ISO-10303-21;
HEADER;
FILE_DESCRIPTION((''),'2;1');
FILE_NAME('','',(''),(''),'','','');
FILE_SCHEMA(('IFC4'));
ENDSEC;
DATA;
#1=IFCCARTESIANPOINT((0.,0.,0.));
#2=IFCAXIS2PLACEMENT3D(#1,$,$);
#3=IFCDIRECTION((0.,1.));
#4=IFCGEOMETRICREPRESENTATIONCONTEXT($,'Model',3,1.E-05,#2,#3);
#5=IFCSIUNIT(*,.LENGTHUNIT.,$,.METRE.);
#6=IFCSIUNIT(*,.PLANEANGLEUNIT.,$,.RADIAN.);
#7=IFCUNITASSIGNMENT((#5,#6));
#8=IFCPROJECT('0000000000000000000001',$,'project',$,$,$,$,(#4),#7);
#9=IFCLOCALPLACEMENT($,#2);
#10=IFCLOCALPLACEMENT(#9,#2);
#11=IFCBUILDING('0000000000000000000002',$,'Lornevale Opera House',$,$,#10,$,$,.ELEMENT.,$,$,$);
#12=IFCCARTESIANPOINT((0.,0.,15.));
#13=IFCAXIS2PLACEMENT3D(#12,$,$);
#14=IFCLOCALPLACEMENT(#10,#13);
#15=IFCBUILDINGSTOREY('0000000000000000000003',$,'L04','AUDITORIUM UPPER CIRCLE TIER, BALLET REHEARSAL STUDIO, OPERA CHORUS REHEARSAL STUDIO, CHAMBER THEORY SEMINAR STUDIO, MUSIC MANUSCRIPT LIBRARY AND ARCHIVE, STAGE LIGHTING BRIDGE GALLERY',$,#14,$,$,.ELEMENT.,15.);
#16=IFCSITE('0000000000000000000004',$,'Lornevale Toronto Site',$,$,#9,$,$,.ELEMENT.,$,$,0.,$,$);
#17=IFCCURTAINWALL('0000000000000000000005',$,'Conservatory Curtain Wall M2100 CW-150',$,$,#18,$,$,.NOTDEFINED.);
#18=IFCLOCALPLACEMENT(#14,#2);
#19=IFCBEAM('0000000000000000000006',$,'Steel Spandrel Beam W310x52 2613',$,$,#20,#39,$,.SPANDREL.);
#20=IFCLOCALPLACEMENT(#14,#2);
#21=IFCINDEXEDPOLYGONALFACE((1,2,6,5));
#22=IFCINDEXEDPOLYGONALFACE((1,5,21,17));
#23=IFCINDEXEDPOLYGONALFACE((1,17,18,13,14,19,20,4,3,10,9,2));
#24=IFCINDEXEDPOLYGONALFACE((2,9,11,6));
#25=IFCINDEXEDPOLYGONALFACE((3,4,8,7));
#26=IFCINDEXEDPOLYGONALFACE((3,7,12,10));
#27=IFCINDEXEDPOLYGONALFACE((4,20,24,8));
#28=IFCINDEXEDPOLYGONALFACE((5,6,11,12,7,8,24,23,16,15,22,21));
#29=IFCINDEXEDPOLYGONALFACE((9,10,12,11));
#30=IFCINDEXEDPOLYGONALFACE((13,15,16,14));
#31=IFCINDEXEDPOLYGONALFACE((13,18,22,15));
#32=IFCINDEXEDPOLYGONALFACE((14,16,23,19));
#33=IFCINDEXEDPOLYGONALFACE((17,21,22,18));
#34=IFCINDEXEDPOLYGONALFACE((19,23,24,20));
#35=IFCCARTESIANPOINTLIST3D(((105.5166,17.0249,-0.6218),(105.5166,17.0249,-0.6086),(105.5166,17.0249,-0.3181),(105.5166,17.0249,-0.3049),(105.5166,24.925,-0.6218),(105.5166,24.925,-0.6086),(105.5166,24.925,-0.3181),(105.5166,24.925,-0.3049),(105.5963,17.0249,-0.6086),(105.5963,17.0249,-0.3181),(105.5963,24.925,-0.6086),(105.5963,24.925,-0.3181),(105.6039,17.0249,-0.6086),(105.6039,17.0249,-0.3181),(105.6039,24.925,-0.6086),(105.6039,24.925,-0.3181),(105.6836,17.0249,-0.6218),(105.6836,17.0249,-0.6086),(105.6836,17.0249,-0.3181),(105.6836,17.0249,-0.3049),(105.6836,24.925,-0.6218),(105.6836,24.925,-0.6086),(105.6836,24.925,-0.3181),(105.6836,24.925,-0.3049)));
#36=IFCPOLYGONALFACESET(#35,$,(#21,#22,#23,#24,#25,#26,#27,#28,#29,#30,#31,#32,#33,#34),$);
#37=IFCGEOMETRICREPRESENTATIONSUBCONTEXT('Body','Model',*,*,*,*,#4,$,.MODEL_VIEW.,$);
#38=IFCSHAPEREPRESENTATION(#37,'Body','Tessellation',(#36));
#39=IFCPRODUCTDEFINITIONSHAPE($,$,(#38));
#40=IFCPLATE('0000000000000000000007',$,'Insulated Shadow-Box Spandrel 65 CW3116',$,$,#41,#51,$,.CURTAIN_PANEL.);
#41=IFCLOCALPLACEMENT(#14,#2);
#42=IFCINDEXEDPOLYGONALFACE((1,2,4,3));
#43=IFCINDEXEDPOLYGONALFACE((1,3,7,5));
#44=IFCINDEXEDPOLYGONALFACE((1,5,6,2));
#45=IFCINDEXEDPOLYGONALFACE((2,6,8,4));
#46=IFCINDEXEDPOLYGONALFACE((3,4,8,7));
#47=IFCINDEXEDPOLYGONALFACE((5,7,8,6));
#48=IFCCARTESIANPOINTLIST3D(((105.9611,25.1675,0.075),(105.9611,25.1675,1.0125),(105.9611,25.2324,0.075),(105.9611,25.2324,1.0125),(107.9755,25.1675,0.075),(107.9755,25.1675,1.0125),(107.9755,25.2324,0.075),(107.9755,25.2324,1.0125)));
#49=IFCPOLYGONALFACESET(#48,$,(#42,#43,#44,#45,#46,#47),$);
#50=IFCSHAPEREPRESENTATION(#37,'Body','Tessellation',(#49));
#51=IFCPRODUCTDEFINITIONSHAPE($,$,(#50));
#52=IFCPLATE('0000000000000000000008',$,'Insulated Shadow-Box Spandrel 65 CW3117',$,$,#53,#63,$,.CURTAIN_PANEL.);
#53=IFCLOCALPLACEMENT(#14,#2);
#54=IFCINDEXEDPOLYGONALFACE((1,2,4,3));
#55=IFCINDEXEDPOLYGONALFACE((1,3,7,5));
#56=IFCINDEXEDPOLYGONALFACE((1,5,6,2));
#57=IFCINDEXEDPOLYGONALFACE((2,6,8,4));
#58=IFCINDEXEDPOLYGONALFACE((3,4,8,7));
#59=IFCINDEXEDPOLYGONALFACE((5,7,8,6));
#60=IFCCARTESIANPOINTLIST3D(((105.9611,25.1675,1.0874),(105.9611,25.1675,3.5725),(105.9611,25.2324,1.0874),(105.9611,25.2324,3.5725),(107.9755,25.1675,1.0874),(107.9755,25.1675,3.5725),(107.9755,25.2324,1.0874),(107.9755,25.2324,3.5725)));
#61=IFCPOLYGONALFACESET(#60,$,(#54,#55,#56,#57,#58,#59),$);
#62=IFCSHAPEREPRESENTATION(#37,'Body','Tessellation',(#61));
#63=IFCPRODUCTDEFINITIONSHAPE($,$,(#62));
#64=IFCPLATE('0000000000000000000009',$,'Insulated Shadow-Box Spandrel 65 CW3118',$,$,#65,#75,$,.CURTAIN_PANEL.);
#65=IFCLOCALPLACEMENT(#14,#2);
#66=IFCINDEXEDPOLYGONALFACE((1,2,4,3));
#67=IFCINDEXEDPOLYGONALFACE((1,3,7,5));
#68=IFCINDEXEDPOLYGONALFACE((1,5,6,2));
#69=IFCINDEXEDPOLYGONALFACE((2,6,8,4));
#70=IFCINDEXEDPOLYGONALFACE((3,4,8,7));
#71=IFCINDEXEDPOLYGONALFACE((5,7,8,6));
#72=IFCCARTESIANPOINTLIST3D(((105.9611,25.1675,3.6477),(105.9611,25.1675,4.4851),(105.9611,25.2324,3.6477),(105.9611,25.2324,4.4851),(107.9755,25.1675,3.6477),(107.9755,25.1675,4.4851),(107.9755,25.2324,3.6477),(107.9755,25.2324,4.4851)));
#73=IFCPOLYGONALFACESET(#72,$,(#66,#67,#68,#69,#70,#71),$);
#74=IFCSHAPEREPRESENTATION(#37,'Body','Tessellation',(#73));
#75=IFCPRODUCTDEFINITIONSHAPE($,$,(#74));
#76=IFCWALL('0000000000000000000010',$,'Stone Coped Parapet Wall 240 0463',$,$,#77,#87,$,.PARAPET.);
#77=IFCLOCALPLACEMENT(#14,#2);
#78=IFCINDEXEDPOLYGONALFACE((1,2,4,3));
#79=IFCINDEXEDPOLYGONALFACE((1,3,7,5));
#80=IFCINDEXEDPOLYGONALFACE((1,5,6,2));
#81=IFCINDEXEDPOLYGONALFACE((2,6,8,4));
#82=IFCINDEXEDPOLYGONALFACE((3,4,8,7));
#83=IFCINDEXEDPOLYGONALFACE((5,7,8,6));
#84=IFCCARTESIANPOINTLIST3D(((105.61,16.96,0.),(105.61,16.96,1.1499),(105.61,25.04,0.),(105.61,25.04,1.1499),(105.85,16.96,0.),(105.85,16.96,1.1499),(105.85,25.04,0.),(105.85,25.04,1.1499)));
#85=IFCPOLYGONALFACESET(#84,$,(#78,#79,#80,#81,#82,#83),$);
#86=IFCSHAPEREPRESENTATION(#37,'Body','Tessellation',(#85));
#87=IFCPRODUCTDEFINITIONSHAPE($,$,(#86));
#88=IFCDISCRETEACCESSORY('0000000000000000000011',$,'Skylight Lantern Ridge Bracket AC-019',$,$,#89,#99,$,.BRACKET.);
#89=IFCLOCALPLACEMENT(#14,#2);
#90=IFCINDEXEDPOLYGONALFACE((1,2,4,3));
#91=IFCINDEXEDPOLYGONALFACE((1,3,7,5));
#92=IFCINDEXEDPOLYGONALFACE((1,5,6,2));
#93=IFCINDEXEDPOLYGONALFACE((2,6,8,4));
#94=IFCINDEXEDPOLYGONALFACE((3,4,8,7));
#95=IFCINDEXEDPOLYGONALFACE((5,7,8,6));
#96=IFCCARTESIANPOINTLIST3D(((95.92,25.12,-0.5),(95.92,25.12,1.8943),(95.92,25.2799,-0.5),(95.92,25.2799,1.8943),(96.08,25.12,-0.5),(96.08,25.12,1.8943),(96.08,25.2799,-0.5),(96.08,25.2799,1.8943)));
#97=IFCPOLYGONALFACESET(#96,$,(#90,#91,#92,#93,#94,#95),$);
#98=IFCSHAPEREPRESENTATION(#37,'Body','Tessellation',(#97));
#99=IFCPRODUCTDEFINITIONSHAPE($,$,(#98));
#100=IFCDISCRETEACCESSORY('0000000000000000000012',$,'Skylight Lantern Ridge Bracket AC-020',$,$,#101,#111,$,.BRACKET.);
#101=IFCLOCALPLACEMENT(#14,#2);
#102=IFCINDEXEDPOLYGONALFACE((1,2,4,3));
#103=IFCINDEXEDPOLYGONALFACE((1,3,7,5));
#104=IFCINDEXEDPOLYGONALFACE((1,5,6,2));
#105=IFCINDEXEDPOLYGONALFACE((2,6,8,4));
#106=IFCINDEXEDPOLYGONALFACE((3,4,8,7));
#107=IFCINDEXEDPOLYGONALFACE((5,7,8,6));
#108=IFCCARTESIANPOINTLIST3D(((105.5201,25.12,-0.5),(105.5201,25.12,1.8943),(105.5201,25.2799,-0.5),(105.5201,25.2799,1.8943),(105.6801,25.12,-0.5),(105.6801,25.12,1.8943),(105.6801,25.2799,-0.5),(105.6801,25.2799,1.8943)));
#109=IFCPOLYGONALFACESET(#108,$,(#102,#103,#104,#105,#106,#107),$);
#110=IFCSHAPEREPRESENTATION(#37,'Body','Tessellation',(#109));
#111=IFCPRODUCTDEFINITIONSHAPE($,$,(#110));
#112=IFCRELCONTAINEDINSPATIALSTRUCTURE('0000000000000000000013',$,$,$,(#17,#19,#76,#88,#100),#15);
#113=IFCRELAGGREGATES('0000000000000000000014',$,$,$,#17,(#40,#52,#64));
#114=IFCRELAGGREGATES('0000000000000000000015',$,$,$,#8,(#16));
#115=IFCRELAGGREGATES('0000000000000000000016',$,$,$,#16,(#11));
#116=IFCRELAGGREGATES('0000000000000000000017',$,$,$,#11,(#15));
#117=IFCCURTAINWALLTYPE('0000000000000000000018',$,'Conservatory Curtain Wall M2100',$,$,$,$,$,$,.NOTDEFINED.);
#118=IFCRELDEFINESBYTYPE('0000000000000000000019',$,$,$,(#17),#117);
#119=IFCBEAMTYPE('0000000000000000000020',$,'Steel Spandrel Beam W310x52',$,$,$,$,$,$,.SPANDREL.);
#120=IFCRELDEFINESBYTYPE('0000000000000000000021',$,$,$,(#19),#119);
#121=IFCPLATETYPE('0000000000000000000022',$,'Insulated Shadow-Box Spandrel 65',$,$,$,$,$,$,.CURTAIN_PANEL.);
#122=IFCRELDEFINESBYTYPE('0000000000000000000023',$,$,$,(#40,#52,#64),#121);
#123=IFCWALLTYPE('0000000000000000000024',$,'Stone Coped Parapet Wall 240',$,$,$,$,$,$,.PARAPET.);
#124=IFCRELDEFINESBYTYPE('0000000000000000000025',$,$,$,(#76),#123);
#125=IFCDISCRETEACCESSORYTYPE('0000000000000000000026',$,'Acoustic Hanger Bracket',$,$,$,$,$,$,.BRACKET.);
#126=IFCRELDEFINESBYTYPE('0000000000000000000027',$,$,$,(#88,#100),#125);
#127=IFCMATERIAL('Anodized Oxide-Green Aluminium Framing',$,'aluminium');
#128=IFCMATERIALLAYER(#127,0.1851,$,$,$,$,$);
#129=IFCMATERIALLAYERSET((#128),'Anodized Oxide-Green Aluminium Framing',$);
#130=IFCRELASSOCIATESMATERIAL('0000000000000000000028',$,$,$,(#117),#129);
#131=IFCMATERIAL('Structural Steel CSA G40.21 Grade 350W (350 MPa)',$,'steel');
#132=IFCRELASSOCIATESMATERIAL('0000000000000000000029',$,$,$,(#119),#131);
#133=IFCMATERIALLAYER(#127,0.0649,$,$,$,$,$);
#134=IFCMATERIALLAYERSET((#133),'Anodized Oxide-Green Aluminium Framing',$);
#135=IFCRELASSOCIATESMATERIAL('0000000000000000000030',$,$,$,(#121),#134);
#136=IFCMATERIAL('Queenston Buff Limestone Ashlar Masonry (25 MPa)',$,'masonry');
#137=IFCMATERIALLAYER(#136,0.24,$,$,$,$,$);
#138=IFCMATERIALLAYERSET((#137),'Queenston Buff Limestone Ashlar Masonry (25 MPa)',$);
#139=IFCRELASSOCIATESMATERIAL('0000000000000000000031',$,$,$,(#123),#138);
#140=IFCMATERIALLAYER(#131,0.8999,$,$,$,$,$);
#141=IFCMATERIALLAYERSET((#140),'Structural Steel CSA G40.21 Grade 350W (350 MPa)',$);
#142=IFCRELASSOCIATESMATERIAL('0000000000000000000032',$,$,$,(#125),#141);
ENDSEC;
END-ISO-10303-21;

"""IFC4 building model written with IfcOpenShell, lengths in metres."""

from ifc_helpers import new_model, si_unit, direction, frame, frame_2d, origin, origin_2d, place, context, subcontext, project, spatial, rectangle, i_section, extrude, material, layer, layer_set, material_profile, profile_set, type_object, element, aggregate, save


model = new_model("IFC4")

# Units and contexts
model_context = context("Model", 3, precision=1e-05, world=origin(), true_north=direction((0.0, 1.0)))
body_context = subcontext(model_context, "Body", "Model", "MODEL_VIEW")
ifc_project = project(units=[si_unit("LENGTHUNIT", "METRE"), si_unit("PLANEANGLEUNIT", "RADIAN")], contexts=[model_context])

# Site, building, storey
site_placement = place(None, origin())
site = spatial("IfcSite", under=ifc_project, at=site_placement, Name="Lornevale Toronto Site", CompositionType="ELEMENT", RefElevation=0.0)
building_placement = place(site_placement, origin())
building = spatial("IfcBuilding", under=site, at=building_placement, Name="Lornevale Opera House", CompositionType="ELEMENT")
storey_placement = place(building_placement, frame((0.0, 0.0, 15.0)))
storey = spatial("IfcBuildingStorey", under=building, at=storey_placement, Name="L04", Description="AUDITORIUM UPPER CIRCLE TIER, BALLET REHEARSAL STUDIO, OPERA CHORUS REHEARSAL STUDIO, CHAMBER THEORY SEMINAR STUDIO, MUSIC MANUSCRIPT LIBRARY AND ARCHIVE, STAGE LIGHTING BRIDGE GALLERY", CompositionType="ELEMENT", Elevation=15.0)

# Curtain wall
ifc_material_1 = material(Name="Anodized Oxide-Green Aluminium Framing", Category="aluminium")
ifc_layer_1 = layer(ifc_material_1, 0.1851)
ifc_layer_set_1 = layer_set([ifc_layer_1], Name="Anodized Oxide-Green Aluminium Framing")
curtain_wall_type = type_object("IfcCurtainWallType", Name="Conservatory Curtain Wall M2100", PredefinedType="NOTDEFINED", material=ifc_layer_set_1)
curtain_wall_placement = place(storey_placement, origin())
curtain_wall = element("IfcCurtainWall", 1, at=curtain_wall_placement, inside=storey, type_object=curtain_wall_type, Name="Conservatory Curtain Wall M2100 CW-150", PredefinedType="NOTDEFINED")

# Beam
ifc_material_2 = material(Name="Structural Steel CSA G40.21 Grade 350W (350 MPa)", Category="steel")
ifc_material_profile_1 = material_profile(ifc_material_2, i_section(OverallWidth=0.167, OverallDepth=0.3169, WebThickness=0.0076, FlangeThickness=0.0132, at=origin_2d()), Name="W310x52")
ifc_profile_set_1 = profile_set([ifc_material_profile_1], Name="Structural Steel CSA G40.21 Grade 350W (350 MPa)")
beam_type_1 = type_object("IfcBeamType", Name="Steel Spandrel Beam W310x52", PredefinedType="SPANDREL", material=ifc_profile_set_1)
beam_1_placement = place(storey_placement, frame((105.6001, 17.0249, -0.4634), z_axis=(0.0, 1.0, 0.0), x_axis=(-1.0, 0.0, 0.0)))
element("IfcBeam", 2, at=beam_1_placement, inside=storey, type_object=beam_type_1, Name="Steel Spandrel Beam W310x52 2613", PredefinedType="SPANDREL", context=body_context, shape_type="SweptSolid", body=[
    extrude(i_section(OverallWidth=0.167, OverallDepth=0.3169, WebThickness=0.0076, FlangeThickness=0.0132, at=origin_2d()), origin(), (0.0, 0.0, 1.0), 7.9001),
])

# Plates
ifc_layer_2 = layer(ifc_material_1, 0.0649)
ifc_layer_set_2 = layer_set([ifc_layer_2], Name="Anodized Oxide-Green Aluminium Framing")
plate_type = type_object("IfcPlateType", Name="Insulated Shadow-Box Spandrel 65", PredefinedType="CURTAIN_PANEL", material=ifc_layer_set_2)
plate_1_placement = place(storey_placement, frame((106.9683, 25.2, 0.075), z_axis=(0.0, 0.0, 1.0), x_axis=(-1.0, 0.0, 0.0)))
plate_1 = element("IfcPlate", 3, at=plate_1_placement, type_object=plate_type, Name="Insulated Shadow-Box Spandrel 65 CW3116", PredefinedType="CURTAIN_PANEL", context=body_context, shape_type="SweptSolid", body=[
    extrude(rectangle(XDim=2.0144, YDim=0.0649, at=origin_2d()), origin(), (0.0, 0.0, 1.0), 0.9375),
])
plate_2_placement = place(storey_placement, frame((106.9683, 25.2, 1.0874), z_axis=(0.0, 0.0, 1.0), x_axis=(-1.0, 0.0, 0.0)))
plate_2 = element("IfcPlate", 4, at=plate_2_placement, type_object=plate_type, Name="Insulated Shadow-Box Spandrel 65 CW3117", PredefinedType="CURTAIN_PANEL", context=body_context, shape_type="SweptSolid", body=[
    extrude(rectangle(XDim=2.0144, YDim=0.0649, at=origin_2d()), origin(), (0.0, 0.0, 1.0), 2.4851),
])
plate_3_placement = place(storey_placement, frame((106.9683, 25.2, 3.6477), z_axis=(0.0, 0.0, 1.0), x_axis=(-1.0, 0.0, 0.0)))
plate_3 = element("IfcPlate", 5, at=plate_3_placement, type_object=plate_type, Name="Insulated Shadow-Box Spandrel 65 CW3118", PredefinedType="CURTAIN_PANEL", context=body_context, shape_type="SweptSolid", body=[
    extrude(rectangle(XDim=2.0144, YDim=0.0649, at=origin_2d()), origin(), (0.0, 0.0, 1.0), 0.8374),
])
aggregate(curtain_wall, [plate_1, plate_2, plate_3])

# Wall
ifc_material_3 = material(Name="Queenston Buff Limestone Ashlar Masonry (25 MPa)", Category="masonry")
ifc_layer_3 = layer(ifc_material_3, 0.24)
ifc_layer_set_3 = layer_set([ifc_layer_3], Name="Queenston Buff Limestone Ashlar Masonry (25 MPa)")
wall_type = type_object("IfcWallType", Name="Stone Coped Parapet Wall 240", PredefinedType="PARAPET", material=ifc_layer_set_3)
wall_placement = place(storey_placement, frame((105.73, 16.96, 0.0), z_axis=(0.0, 0.0, 1.0), x_axis=(0.0, 1.0, 0.0)))
element("IfcWall", 6, at=wall_placement, inside=storey, type_object=wall_type, Name="Stone Coped Parapet Wall 240 0463", PredefinedType="PARAPET", context=body_context, shape_type="SweptSolid", body=[
    extrude(rectangle(XDim=8.0801, YDim=0.24, at=frame_2d((4.04, 0.0))), origin(), (0.0, 0.0, 1.0), 1.1499),
])

# Discrete accessories
ifc_layer_4 = layer(ifc_material_2, 0.8999)
ifc_layer_set_4 = layer_set([ifc_layer_4], Name="Structural Steel CSA G40.21 Grade 350W (350 MPa)")
discrete_accessory_type = type_object("IfcDiscreteAccessoryType", Name="Acoustic Hanger Bracket", PredefinedType="BRACKET", material=ifc_layer_set_4)
for number, where, z_axis, x_axis, name in (
    (7, (96.0, 25.2, -0.5), (0.0, 0.0, 1.0), (1.0, 0.0, 0.0), "Skylight Lantern Ridge Bracket AC-019"),
    (8, (105.6001, 25.2, -0.5), (0.0, 0.0, 1.0), (1.0, 0.0, 0.0), "Skylight Lantern Ridge Bracket AC-020"),
):
    element("IfcDiscreteAccessory", number, at=place(storey_placement, frame(where, z_axis=z_axis, x_axis=x_axis)), inside=storey, type_object=discrete_accessory_type, Name=name, PredefinedType="BRACKET", context=body_context, shape_type="SweptSolid", body=[
        extrude(rectangle(XDim=0.1599, YDim=0.1599, at=origin_2d()), origin(), (0.0, 0.0, 1.0), 2.3943),
    ])

save(model, "model.ifc")
